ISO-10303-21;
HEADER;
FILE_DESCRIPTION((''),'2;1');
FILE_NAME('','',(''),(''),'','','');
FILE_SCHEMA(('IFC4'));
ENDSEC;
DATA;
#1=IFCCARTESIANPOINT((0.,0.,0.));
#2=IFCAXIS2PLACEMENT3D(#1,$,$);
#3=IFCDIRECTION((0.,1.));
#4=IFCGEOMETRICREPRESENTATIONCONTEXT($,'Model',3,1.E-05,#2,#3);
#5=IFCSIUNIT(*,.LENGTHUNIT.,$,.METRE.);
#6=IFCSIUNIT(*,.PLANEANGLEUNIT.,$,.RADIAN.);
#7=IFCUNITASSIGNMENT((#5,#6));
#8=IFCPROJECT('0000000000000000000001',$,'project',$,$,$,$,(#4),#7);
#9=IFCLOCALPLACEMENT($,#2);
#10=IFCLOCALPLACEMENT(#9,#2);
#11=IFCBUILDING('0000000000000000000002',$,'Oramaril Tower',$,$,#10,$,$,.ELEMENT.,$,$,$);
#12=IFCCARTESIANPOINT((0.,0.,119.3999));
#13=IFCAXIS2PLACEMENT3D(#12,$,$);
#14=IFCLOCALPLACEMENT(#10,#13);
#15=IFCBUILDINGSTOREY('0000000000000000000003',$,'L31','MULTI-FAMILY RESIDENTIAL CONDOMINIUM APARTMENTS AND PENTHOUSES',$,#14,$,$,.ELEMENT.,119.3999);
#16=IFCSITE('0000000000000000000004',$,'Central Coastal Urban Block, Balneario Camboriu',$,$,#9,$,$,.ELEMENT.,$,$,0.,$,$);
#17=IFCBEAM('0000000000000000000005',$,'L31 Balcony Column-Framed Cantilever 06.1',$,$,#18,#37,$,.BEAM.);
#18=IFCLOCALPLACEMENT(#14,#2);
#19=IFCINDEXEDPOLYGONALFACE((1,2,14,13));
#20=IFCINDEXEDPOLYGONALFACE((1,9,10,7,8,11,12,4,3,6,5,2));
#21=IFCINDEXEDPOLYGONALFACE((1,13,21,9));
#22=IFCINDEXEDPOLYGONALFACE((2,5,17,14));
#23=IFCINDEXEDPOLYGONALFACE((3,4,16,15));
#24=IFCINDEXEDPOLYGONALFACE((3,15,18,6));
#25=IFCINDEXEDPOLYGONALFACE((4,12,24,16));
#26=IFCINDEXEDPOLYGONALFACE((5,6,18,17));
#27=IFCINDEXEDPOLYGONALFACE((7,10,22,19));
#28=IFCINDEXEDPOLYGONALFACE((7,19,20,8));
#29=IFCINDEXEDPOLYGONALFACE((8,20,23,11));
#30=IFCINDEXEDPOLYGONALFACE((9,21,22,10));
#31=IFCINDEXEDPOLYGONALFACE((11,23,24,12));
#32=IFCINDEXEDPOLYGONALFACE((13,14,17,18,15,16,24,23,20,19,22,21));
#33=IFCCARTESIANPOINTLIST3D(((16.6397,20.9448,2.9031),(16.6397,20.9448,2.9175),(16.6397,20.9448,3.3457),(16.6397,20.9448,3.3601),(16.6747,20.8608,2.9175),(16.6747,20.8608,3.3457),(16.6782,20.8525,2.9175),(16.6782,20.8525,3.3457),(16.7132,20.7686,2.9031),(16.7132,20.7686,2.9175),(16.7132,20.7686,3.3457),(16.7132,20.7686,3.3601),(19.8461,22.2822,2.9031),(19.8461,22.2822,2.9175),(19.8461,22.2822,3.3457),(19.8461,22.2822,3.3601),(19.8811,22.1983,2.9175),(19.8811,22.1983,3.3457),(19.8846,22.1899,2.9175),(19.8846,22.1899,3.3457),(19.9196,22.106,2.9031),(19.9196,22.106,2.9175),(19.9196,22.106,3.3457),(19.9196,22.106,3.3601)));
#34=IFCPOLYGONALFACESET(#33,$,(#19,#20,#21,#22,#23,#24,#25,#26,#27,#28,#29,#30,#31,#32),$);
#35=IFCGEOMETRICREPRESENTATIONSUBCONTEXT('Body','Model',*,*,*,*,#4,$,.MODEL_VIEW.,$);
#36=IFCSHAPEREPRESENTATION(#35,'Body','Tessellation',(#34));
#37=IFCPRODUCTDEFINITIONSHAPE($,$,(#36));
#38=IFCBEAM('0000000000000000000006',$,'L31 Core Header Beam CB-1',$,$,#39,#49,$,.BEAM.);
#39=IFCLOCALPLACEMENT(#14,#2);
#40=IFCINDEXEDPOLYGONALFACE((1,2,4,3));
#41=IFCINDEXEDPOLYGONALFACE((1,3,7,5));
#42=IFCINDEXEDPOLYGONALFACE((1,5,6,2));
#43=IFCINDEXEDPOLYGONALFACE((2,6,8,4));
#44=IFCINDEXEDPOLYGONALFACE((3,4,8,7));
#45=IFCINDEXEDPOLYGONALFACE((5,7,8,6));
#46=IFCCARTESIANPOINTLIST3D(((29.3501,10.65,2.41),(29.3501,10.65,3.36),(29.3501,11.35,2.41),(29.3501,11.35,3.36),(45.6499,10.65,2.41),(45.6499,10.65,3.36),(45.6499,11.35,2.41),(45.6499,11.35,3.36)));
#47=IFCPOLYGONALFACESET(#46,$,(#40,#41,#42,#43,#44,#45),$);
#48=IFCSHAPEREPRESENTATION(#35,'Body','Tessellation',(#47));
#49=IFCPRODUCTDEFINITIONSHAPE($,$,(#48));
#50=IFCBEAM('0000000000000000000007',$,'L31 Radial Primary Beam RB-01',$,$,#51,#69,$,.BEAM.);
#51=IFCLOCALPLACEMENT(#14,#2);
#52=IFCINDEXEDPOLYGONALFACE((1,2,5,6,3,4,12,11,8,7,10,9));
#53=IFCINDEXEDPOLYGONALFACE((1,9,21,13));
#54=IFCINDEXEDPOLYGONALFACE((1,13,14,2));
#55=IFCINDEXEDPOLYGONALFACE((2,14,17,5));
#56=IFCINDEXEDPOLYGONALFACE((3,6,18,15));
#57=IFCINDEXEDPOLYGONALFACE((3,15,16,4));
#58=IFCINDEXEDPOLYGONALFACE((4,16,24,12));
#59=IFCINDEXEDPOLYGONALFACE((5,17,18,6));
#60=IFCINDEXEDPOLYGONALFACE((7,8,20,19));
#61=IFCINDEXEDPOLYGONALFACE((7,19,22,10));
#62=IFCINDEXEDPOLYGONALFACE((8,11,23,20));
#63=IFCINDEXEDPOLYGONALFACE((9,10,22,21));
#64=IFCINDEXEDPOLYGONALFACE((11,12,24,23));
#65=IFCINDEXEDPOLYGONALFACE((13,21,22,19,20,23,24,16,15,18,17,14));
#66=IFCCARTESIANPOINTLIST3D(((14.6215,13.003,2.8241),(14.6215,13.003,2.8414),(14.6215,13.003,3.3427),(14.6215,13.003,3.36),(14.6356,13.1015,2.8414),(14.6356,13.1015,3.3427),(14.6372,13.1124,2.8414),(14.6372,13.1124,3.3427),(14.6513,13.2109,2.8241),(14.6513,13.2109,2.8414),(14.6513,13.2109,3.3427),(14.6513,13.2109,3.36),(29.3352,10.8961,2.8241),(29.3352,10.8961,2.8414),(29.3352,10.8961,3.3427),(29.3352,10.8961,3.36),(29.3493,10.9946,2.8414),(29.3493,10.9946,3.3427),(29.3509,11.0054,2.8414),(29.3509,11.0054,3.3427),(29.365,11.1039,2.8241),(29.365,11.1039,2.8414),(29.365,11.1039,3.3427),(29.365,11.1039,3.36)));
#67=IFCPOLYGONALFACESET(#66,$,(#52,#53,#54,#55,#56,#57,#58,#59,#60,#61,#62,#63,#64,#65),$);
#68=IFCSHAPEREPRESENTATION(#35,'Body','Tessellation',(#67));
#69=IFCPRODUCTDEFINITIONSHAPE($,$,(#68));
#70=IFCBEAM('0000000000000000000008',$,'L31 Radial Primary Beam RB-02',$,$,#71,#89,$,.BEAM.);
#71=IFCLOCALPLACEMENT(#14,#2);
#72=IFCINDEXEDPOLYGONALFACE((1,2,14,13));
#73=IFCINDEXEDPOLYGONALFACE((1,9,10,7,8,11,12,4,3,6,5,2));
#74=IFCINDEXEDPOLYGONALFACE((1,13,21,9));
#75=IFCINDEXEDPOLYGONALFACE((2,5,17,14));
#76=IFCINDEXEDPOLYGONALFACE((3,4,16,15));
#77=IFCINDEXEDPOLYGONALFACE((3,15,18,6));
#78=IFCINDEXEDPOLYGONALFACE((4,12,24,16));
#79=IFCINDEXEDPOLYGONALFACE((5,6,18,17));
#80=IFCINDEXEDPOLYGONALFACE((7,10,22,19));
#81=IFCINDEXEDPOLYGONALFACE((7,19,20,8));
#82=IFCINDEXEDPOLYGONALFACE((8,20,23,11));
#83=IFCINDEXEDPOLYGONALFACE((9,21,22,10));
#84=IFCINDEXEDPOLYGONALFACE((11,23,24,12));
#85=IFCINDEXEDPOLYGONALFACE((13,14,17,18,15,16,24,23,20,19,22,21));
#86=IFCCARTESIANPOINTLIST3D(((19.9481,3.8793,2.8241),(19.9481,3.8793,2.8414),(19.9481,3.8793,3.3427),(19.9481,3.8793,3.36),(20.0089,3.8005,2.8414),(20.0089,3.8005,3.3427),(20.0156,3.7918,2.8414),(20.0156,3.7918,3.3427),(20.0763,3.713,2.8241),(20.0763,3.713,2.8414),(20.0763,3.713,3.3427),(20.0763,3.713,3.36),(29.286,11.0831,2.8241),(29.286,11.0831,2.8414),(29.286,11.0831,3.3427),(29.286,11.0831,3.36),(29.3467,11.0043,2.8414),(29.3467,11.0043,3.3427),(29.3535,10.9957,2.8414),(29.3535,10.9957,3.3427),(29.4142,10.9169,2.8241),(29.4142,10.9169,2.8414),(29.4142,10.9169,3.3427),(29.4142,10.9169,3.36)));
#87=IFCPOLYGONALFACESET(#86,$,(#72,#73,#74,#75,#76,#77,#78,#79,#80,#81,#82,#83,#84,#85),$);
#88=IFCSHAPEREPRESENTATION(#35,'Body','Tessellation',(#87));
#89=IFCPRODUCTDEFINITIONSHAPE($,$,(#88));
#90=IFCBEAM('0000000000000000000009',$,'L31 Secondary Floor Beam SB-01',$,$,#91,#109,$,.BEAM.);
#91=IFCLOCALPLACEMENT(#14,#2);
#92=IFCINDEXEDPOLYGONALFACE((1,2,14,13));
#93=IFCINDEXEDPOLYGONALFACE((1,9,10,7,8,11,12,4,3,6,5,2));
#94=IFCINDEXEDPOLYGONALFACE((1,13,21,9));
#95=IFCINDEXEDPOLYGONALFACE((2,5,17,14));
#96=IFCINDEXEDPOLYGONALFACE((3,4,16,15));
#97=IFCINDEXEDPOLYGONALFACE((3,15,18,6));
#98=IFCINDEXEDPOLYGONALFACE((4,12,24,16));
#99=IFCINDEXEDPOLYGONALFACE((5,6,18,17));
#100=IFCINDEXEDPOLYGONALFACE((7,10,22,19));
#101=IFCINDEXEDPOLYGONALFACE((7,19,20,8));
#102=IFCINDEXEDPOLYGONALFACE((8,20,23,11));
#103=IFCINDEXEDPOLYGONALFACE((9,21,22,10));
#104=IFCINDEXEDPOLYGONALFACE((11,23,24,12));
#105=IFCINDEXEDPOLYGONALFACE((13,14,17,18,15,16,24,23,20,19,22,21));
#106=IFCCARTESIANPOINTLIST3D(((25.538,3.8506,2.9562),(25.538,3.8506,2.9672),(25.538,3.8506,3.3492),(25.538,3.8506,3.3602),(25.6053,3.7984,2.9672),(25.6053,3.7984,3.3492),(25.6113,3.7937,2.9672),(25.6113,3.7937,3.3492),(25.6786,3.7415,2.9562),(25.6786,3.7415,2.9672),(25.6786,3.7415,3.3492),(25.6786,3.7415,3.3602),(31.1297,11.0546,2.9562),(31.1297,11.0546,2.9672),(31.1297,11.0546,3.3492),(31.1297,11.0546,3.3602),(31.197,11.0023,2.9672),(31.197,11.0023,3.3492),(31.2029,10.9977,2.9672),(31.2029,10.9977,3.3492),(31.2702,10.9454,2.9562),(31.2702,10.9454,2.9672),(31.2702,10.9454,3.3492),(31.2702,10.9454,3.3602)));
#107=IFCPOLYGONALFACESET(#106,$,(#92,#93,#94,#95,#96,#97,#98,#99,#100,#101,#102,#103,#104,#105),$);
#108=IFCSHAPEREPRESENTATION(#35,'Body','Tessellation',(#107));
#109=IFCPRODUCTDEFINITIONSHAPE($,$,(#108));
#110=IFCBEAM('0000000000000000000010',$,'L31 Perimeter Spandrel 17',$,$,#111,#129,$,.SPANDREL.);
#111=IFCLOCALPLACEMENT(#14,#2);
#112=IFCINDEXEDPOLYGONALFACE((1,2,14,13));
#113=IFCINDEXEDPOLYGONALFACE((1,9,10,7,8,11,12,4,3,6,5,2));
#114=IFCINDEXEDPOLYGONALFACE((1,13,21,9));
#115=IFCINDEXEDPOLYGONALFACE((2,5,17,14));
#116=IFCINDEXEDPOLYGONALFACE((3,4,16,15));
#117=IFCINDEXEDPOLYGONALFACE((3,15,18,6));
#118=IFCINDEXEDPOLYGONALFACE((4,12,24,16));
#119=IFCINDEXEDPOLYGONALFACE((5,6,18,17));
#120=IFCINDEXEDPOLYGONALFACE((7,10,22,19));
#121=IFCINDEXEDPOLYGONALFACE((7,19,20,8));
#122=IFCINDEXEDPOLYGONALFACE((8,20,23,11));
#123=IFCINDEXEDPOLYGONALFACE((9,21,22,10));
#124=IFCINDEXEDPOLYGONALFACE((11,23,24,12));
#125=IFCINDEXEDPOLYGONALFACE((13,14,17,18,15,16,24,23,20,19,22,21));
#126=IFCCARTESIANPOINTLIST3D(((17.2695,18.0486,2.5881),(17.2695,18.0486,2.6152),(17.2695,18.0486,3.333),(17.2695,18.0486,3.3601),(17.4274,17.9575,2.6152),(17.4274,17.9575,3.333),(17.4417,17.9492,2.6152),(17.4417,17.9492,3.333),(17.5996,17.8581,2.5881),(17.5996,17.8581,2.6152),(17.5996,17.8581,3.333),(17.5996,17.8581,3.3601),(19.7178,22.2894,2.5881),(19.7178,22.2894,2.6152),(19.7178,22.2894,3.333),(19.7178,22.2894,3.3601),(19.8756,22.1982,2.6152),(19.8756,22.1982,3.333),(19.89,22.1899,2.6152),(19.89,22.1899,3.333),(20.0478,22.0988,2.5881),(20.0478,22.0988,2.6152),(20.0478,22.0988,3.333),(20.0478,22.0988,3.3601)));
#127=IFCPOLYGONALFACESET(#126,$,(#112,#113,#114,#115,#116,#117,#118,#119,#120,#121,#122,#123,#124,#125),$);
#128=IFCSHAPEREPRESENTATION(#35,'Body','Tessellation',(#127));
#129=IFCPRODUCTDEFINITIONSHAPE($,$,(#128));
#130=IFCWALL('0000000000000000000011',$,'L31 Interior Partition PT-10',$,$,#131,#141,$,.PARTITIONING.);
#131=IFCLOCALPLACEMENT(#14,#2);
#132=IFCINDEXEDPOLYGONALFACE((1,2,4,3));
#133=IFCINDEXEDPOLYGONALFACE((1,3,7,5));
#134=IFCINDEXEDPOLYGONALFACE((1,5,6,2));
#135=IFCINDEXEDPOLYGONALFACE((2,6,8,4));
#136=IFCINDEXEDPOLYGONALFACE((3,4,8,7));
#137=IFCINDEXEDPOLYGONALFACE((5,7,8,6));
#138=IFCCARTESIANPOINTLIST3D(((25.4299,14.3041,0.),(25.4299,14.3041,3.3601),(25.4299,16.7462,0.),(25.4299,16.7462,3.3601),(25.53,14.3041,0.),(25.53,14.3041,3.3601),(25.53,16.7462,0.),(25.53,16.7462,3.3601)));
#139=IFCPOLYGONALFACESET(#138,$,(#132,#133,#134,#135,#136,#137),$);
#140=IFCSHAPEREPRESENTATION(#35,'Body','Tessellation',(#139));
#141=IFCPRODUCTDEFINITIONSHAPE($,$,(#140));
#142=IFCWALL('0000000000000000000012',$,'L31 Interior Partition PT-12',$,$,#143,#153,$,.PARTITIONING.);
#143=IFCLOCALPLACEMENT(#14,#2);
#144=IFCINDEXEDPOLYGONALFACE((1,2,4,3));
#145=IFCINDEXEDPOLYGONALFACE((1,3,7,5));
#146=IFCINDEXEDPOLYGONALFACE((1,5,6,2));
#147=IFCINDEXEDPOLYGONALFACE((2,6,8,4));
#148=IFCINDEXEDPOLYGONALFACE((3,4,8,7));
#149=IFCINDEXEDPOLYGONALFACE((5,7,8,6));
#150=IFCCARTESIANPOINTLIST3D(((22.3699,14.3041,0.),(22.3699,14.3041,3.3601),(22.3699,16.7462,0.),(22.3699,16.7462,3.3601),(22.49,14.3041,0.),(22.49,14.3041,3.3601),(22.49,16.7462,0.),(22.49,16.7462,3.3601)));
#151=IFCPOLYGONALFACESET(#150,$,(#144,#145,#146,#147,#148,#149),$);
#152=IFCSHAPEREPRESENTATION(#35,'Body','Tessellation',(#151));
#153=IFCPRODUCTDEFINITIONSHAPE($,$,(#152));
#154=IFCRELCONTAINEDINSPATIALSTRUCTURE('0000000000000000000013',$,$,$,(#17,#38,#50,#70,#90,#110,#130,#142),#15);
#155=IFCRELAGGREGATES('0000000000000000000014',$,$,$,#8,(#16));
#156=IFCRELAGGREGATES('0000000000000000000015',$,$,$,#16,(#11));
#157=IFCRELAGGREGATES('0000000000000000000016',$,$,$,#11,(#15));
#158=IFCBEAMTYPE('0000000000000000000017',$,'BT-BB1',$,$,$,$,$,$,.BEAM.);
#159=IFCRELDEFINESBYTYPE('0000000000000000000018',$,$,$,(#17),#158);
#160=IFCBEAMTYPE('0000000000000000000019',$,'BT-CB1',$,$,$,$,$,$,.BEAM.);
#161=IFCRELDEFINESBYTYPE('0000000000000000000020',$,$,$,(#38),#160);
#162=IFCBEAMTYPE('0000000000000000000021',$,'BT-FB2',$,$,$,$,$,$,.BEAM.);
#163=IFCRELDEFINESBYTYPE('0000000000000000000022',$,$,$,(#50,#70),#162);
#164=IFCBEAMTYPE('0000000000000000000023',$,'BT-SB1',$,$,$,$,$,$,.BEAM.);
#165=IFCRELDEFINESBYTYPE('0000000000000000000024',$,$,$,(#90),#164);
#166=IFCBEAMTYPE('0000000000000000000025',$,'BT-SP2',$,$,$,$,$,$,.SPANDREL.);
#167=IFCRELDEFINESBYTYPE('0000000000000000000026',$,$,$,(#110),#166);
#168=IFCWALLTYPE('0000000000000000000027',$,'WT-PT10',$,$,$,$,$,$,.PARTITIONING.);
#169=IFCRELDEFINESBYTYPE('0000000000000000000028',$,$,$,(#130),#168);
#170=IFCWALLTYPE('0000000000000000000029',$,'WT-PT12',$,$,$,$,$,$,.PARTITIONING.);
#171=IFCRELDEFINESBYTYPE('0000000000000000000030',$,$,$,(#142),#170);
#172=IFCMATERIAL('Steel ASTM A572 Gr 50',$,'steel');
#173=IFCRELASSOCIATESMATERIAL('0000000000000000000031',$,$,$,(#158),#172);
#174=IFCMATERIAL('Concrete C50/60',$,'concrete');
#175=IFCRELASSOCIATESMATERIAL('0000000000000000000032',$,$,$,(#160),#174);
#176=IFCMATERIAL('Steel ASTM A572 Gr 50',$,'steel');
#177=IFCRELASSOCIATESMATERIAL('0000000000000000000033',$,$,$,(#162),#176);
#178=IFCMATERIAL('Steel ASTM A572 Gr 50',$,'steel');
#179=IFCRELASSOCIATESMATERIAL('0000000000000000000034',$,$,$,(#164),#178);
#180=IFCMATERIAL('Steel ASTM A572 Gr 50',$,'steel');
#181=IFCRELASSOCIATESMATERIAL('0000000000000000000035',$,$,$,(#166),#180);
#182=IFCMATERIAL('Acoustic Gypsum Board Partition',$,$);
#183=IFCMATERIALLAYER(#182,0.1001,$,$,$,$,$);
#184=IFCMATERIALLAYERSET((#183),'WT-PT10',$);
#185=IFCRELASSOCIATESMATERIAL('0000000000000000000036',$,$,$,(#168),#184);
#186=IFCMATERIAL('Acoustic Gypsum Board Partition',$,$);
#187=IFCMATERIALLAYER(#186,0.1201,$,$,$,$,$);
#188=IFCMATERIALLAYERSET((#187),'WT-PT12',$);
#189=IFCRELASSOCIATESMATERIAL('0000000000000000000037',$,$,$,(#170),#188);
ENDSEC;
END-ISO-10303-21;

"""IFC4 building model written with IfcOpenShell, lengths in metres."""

from ifc_helpers import new_model, si_unit, direction, frame, frame_2d, origin, origin_2d, place, context, subcontext, project, spatial, rectangle, i_section, extrude, material, layer, layer_set, material_profile, profile_set, type_object, element, save


model = new_model("IFC4")

# Units and contexts
model_context = context("Model", 3, precision=1e-05, world=origin(), true_north=direction((0.0, 1.0)))
body_context = subcontext(model_context, "Body", "Model", "MODEL_VIEW")
ifc_project = project(units=[si_unit("LENGTHUNIT", "METRE"), si_unit("PLANEANGLEUNIT", "RADIAN")], contexts=[model_context])

# Site, building, storey
site_placement = place(None, origin())
site = spatial("IfcSite", under=ifc_project, at=site_placement, Name="Central Coastal Urban Block, Balneario Camboriu", CompositionType="ELEMENT", RefElevation=0.0)
building_placement = place(site_placement, origin())
building = spatial("IfcBuilding", under=site, at=building_placement, Name="Oramaril Tower", CompositionType="ELEMENT")
storey_placement = place(building_placement, frame((0.0, 0.0, 119.3999)))
storey = spatial("IfcBuildingStorey", under=building, at=storey_placement, Name="L31", Description="MULTI-FAMILY RESIDENTIAL CONDOMINIUM APARTMENTS AND PENTHOUSES", CompositionType="ELEMENT", Elevation=119.3999)

# Beams
ifc_material_1 = material(Name="Steel ASTM A572 Gr 50", Category="steel")
ifc_material_profile_1 = material_profile(ifc_material_1, i_section(OverallWidth=0.1909, OverallDepth=0.457, WebThickness=0.009, FlangeThickness=0.0144, at=origin_2d()), Name="W18X50")
ifc_profile_set_1 = profile_set([ifc_material_profile_1], Name="Steel ASTM A572 Gr 50")
beam_type_1 = type_object("IfcBeamType", Name="BT-BB1", PredefinedType="BEAM", material=ifc_profile_set_1)
beam_1_placement = place(storey_placement, frame((19.8828, 22.1941, 3.1316), z_axis=(-0.922929, -0.38497, 0.0), x_axis=(0.38497, -0.922929, 0.0)))
element("IfcBeam", 1, at=beam_1_placement, inside=storey, type_object=beam_type_1, Name="L31 Balcony Column-Framed Cantilever 06.1", PredefinedType="BEAM", context=body_context, shape_type="SweptSolid", body=[
    extrude(i_section(OverallWidth=0.1909, OverallDepth=0.457, WebThickness=0.009, FlangeThickness=0.0144, at=origin_2d()), origin(), (0.0, 0.0, 1.0), 3.4741),
])
ifc_material_2 = material(Name="Concrete C50/60", Category="concrete")
ifc_material_profile_2 = material_profile(ifc_material_2, rectangle(XDim=0.7, YDim=0.95, at=origin_2d()), Name="CB700X950")
ifc_profile_set_2 = profile_set([ifc_material_profile_2], Name="Concrete C50/60")
beam_type_2 = type_object("IfcBeamType", Name="BT-CB1", PredefinedType="BEAM", material=ifc_profile_set_2)
beam_2_placement = place(storey_placement, frame((29.3501, 11.0, 2.885), z_axis=(1.0, 0.0, 0.0), x_axis=(0.0, 1.0, 0.0)))
element("IfcBeam", 2, at=beam_2_placement, inside=storey, type_object=beam_type_2, Name="L31 Core Header Beam CB-1", PredefinedType="BEAM", context=body_context, shape_type="SweptSolid", body=[
    extrude(rectangle(XDim=0.7, YDim=0.95, at=origin_2d()), origin(), (0.0, 0.0, 1.0), 16.2998),
])
ifc_material_3 = material(Name="Steel ASTM A572 Gr 50", Category="steel")
ifc_material_profile_3 = material_profile(ifc_material_3, i_section(OverallWidth=0.21, OverallDepth=0.5359, WebThickness=0.011, FlangeThickness=0.0173, at=origin_2d()), Name="W21X68")
ifc_profile_set_3 = profile_set([ifc_material_profile_3], Name="Steel ASTM A572 Gr 50")
beam_type_3 = type_object("IfcBeamType", Name="BT-FB2", PredefinedType="BEAM", material=ifc_profile_set_3)
beam_3_placement = place(storey_placement, frame((29.3501, 11.0, 3.092), z_axis=(-0.989902, 0.14175, 0.0), x_axis=(-0.14175, -0.989902, 0.0)))
element("IfcBeam", 3, at=beam_3_placement, inside=storey, type_object=beam_type_3, Name="L31 Radial Primary Beam RB-01", PredefinedType="BEAM", context=body_context, shape_type="SweptSolid", body=[
    extrude(i_section(OverallWidth=0.21, OverallDepth=0.5359, WebThickness=0.011, FlangeThickness=0.0173, at=origin_2d()), origin(), (0.0, 0.0, 1.0), 14.8638),
])
beam_4_placement = place(storey_placement, frame((29.3501, 11.0, 3.092), z_axis=(-0.791768, -0.610822, 0.0), x_axis=(0.610822, -0.791768, 0.0)))
element("IfcBeam", 4, at=beam_4_placement, inside=storey, type_object=beam_type_3, Name="L31 Radial Primary Beam RB-02", PredefinedType="BEAM", context=body_context, shape_type="SweptSolid", body=[
    extrude(i_section(OverallWidth=0.21, OverallDepth=0.5359, WebThickness=0.011, FlangeThickness=0.0173, at=origin_2d()), origin(), (0.0, 0.0, 1.0), 11.7937),
])
ifc_material_4 = material(Name="Steel ASTM A572 Gr 50", Category="steel")
ifc_material_profile_4 = material_profile(ifc_material_4, i_section(OverallWidth=0.178, OverallDepth=0.4041, WebThickness=0.0076, FlangeThickness=0.011, at=origin_2d()), Name="W16X36")
ifc_profile_set_4 = profile_set([ifc_material_profile_4], Name="Steel ASTM A572 Gr 50")
beam_type_4 = type_object("IfcBeamType", Name="BT-SB1", PredefinedType="BEAM", material=ifc_profile_set_4)
beam_5_placement = place(storey_placement, frame((31.2, 11.0, 3.1582), z_axis=(-0.613158, -0.78996, 0.0), x_axis=(0.78996, -0.613158, 0.0)))
element("IfcBeam", 5, at=beam_5_placement, inside=storey, type_object=beam_type_4, Name="L31 Secondary Floor Beam SB-01", PredefinedType="BEAM", context=body_context, shape_type="SweptSolid", body=[
    extrude(i_section(OverallWidth=0.178, OverallDepth=0.4041, WebThickness=0.0076, FlangeThickness=0.011, at=origin_2d()), origin(), (0.0, 0.0, 1.0), 9.1194),
])
ifc_material_5 = material(Name="Steel ASTM A572 Gr 50", Category="steel")
ifc_material_profile_5 = material_profile(ifc_material_5, i_section(OverallWidth=0.3811, OverallDepth=0.772, WebThickness=0.0166, FlangeThickness=0.0271, at=origin_2d()), Name="W30X173")
ifc_profile_set_5 = profile_set([ifc_material_profile_5], Name="Steel ASTM A572 Gr 50")
beam_type_5 = type_object("IfcBeamType", Name="BT-SP2", PredefinedType="SPANDREL", material=ifc_profile_set_5)
beam_6_placement = place(storey_placement, frame((19.8828, 22.1941, 2.9741), z_axis=(-0.499979, -0.866038, 0.0), x_axis=(0.866038, -0.499979, 0.0)))
element("IfcBeam", 6, at=beam_6_placement, inside=storey, type_object=beam_type_5, Name="L31 Perimeter Spandrel 17", PredefinedType="SPANDREL", context=body_context, shape_type="SweptSolid", body=[
    extrude(i_section(OverallWidth=0.3811, OverallDepth=0.772, WebThickness=0.0166, FlangeThickness=0.0271, at=origin_2d()), origin(), (0.0, 0.0, 1.0), 4.8967),
])

# Walls
ifc_material_6 = material(Name="Acoustic Gypsum Board Partition")
ifc_layer_1 = layer(ifc_material_6, 0.1001)
ifc_layer_set_1 = layer_set([ifc_layer_1], Name="WT-PT10")
wall_type_1 = type_object("IfcWallType", Name="WT-PT10", PredefinedType="PARTITIONING", material=ifc_layer_set_1)
wall_1_placement = place(storey_placement, frame((25.48, 14.304, 0.0), z_axis=(0.0, 0.0, 1.0), x_axis=(0.0, 1.0, 0.0)))
element("IfcWall", 7, at=wall_1_placement, inside=storey, type_object=wall_type_1, Name="L31 Interior Partition PT-10", PredefinedType="PARTITIONING", context=body_context, shape_type="SweptSolid", body=[
    extrude(rectangle(XDim=2.4421, YDim=0.1001, at=frame_2d((1.2212, 0.0))), origin(), (0.0, 0.0, 1.0), 3.3601),
])
ifc_material_7 = material(Name="Acoustic Gypsum Board Partition")
ifc_layer_2 = layer(ifc_material_7, 0.1201)
ifc_layer_set_2 = layer_set([ifc_layer_2], Name="WT-PT12")
wall_type_2 = type_object("IfcWallType", Name="WT-PT12", PredefinedType="PARTITIONING", material=ifc_layer_set_2)
wall_2_placement = place(storey_placement, frame((22.4299, 14.304, 0.0), z_axis=(0.0, 0.0, 1.0), x_axis=(0.0, 1.0, 0.0)))
element("IfcWall", 8, at=wall_2_placement, inside=storey, type_object=wall_type_2, Name="L31 Interior Partition PT-12", PredefinedType="PARTITIONING", context=body_context, shape_type="SweptSolid", body=[
    extrude(rectangle(XDim=2.4421, YDim=0.1201, at=frame_2d((1.2212, 0.0))), origin(), (0.0, 0.0, 1.0), 3.3601),
])

save(model, "model.ifc")
